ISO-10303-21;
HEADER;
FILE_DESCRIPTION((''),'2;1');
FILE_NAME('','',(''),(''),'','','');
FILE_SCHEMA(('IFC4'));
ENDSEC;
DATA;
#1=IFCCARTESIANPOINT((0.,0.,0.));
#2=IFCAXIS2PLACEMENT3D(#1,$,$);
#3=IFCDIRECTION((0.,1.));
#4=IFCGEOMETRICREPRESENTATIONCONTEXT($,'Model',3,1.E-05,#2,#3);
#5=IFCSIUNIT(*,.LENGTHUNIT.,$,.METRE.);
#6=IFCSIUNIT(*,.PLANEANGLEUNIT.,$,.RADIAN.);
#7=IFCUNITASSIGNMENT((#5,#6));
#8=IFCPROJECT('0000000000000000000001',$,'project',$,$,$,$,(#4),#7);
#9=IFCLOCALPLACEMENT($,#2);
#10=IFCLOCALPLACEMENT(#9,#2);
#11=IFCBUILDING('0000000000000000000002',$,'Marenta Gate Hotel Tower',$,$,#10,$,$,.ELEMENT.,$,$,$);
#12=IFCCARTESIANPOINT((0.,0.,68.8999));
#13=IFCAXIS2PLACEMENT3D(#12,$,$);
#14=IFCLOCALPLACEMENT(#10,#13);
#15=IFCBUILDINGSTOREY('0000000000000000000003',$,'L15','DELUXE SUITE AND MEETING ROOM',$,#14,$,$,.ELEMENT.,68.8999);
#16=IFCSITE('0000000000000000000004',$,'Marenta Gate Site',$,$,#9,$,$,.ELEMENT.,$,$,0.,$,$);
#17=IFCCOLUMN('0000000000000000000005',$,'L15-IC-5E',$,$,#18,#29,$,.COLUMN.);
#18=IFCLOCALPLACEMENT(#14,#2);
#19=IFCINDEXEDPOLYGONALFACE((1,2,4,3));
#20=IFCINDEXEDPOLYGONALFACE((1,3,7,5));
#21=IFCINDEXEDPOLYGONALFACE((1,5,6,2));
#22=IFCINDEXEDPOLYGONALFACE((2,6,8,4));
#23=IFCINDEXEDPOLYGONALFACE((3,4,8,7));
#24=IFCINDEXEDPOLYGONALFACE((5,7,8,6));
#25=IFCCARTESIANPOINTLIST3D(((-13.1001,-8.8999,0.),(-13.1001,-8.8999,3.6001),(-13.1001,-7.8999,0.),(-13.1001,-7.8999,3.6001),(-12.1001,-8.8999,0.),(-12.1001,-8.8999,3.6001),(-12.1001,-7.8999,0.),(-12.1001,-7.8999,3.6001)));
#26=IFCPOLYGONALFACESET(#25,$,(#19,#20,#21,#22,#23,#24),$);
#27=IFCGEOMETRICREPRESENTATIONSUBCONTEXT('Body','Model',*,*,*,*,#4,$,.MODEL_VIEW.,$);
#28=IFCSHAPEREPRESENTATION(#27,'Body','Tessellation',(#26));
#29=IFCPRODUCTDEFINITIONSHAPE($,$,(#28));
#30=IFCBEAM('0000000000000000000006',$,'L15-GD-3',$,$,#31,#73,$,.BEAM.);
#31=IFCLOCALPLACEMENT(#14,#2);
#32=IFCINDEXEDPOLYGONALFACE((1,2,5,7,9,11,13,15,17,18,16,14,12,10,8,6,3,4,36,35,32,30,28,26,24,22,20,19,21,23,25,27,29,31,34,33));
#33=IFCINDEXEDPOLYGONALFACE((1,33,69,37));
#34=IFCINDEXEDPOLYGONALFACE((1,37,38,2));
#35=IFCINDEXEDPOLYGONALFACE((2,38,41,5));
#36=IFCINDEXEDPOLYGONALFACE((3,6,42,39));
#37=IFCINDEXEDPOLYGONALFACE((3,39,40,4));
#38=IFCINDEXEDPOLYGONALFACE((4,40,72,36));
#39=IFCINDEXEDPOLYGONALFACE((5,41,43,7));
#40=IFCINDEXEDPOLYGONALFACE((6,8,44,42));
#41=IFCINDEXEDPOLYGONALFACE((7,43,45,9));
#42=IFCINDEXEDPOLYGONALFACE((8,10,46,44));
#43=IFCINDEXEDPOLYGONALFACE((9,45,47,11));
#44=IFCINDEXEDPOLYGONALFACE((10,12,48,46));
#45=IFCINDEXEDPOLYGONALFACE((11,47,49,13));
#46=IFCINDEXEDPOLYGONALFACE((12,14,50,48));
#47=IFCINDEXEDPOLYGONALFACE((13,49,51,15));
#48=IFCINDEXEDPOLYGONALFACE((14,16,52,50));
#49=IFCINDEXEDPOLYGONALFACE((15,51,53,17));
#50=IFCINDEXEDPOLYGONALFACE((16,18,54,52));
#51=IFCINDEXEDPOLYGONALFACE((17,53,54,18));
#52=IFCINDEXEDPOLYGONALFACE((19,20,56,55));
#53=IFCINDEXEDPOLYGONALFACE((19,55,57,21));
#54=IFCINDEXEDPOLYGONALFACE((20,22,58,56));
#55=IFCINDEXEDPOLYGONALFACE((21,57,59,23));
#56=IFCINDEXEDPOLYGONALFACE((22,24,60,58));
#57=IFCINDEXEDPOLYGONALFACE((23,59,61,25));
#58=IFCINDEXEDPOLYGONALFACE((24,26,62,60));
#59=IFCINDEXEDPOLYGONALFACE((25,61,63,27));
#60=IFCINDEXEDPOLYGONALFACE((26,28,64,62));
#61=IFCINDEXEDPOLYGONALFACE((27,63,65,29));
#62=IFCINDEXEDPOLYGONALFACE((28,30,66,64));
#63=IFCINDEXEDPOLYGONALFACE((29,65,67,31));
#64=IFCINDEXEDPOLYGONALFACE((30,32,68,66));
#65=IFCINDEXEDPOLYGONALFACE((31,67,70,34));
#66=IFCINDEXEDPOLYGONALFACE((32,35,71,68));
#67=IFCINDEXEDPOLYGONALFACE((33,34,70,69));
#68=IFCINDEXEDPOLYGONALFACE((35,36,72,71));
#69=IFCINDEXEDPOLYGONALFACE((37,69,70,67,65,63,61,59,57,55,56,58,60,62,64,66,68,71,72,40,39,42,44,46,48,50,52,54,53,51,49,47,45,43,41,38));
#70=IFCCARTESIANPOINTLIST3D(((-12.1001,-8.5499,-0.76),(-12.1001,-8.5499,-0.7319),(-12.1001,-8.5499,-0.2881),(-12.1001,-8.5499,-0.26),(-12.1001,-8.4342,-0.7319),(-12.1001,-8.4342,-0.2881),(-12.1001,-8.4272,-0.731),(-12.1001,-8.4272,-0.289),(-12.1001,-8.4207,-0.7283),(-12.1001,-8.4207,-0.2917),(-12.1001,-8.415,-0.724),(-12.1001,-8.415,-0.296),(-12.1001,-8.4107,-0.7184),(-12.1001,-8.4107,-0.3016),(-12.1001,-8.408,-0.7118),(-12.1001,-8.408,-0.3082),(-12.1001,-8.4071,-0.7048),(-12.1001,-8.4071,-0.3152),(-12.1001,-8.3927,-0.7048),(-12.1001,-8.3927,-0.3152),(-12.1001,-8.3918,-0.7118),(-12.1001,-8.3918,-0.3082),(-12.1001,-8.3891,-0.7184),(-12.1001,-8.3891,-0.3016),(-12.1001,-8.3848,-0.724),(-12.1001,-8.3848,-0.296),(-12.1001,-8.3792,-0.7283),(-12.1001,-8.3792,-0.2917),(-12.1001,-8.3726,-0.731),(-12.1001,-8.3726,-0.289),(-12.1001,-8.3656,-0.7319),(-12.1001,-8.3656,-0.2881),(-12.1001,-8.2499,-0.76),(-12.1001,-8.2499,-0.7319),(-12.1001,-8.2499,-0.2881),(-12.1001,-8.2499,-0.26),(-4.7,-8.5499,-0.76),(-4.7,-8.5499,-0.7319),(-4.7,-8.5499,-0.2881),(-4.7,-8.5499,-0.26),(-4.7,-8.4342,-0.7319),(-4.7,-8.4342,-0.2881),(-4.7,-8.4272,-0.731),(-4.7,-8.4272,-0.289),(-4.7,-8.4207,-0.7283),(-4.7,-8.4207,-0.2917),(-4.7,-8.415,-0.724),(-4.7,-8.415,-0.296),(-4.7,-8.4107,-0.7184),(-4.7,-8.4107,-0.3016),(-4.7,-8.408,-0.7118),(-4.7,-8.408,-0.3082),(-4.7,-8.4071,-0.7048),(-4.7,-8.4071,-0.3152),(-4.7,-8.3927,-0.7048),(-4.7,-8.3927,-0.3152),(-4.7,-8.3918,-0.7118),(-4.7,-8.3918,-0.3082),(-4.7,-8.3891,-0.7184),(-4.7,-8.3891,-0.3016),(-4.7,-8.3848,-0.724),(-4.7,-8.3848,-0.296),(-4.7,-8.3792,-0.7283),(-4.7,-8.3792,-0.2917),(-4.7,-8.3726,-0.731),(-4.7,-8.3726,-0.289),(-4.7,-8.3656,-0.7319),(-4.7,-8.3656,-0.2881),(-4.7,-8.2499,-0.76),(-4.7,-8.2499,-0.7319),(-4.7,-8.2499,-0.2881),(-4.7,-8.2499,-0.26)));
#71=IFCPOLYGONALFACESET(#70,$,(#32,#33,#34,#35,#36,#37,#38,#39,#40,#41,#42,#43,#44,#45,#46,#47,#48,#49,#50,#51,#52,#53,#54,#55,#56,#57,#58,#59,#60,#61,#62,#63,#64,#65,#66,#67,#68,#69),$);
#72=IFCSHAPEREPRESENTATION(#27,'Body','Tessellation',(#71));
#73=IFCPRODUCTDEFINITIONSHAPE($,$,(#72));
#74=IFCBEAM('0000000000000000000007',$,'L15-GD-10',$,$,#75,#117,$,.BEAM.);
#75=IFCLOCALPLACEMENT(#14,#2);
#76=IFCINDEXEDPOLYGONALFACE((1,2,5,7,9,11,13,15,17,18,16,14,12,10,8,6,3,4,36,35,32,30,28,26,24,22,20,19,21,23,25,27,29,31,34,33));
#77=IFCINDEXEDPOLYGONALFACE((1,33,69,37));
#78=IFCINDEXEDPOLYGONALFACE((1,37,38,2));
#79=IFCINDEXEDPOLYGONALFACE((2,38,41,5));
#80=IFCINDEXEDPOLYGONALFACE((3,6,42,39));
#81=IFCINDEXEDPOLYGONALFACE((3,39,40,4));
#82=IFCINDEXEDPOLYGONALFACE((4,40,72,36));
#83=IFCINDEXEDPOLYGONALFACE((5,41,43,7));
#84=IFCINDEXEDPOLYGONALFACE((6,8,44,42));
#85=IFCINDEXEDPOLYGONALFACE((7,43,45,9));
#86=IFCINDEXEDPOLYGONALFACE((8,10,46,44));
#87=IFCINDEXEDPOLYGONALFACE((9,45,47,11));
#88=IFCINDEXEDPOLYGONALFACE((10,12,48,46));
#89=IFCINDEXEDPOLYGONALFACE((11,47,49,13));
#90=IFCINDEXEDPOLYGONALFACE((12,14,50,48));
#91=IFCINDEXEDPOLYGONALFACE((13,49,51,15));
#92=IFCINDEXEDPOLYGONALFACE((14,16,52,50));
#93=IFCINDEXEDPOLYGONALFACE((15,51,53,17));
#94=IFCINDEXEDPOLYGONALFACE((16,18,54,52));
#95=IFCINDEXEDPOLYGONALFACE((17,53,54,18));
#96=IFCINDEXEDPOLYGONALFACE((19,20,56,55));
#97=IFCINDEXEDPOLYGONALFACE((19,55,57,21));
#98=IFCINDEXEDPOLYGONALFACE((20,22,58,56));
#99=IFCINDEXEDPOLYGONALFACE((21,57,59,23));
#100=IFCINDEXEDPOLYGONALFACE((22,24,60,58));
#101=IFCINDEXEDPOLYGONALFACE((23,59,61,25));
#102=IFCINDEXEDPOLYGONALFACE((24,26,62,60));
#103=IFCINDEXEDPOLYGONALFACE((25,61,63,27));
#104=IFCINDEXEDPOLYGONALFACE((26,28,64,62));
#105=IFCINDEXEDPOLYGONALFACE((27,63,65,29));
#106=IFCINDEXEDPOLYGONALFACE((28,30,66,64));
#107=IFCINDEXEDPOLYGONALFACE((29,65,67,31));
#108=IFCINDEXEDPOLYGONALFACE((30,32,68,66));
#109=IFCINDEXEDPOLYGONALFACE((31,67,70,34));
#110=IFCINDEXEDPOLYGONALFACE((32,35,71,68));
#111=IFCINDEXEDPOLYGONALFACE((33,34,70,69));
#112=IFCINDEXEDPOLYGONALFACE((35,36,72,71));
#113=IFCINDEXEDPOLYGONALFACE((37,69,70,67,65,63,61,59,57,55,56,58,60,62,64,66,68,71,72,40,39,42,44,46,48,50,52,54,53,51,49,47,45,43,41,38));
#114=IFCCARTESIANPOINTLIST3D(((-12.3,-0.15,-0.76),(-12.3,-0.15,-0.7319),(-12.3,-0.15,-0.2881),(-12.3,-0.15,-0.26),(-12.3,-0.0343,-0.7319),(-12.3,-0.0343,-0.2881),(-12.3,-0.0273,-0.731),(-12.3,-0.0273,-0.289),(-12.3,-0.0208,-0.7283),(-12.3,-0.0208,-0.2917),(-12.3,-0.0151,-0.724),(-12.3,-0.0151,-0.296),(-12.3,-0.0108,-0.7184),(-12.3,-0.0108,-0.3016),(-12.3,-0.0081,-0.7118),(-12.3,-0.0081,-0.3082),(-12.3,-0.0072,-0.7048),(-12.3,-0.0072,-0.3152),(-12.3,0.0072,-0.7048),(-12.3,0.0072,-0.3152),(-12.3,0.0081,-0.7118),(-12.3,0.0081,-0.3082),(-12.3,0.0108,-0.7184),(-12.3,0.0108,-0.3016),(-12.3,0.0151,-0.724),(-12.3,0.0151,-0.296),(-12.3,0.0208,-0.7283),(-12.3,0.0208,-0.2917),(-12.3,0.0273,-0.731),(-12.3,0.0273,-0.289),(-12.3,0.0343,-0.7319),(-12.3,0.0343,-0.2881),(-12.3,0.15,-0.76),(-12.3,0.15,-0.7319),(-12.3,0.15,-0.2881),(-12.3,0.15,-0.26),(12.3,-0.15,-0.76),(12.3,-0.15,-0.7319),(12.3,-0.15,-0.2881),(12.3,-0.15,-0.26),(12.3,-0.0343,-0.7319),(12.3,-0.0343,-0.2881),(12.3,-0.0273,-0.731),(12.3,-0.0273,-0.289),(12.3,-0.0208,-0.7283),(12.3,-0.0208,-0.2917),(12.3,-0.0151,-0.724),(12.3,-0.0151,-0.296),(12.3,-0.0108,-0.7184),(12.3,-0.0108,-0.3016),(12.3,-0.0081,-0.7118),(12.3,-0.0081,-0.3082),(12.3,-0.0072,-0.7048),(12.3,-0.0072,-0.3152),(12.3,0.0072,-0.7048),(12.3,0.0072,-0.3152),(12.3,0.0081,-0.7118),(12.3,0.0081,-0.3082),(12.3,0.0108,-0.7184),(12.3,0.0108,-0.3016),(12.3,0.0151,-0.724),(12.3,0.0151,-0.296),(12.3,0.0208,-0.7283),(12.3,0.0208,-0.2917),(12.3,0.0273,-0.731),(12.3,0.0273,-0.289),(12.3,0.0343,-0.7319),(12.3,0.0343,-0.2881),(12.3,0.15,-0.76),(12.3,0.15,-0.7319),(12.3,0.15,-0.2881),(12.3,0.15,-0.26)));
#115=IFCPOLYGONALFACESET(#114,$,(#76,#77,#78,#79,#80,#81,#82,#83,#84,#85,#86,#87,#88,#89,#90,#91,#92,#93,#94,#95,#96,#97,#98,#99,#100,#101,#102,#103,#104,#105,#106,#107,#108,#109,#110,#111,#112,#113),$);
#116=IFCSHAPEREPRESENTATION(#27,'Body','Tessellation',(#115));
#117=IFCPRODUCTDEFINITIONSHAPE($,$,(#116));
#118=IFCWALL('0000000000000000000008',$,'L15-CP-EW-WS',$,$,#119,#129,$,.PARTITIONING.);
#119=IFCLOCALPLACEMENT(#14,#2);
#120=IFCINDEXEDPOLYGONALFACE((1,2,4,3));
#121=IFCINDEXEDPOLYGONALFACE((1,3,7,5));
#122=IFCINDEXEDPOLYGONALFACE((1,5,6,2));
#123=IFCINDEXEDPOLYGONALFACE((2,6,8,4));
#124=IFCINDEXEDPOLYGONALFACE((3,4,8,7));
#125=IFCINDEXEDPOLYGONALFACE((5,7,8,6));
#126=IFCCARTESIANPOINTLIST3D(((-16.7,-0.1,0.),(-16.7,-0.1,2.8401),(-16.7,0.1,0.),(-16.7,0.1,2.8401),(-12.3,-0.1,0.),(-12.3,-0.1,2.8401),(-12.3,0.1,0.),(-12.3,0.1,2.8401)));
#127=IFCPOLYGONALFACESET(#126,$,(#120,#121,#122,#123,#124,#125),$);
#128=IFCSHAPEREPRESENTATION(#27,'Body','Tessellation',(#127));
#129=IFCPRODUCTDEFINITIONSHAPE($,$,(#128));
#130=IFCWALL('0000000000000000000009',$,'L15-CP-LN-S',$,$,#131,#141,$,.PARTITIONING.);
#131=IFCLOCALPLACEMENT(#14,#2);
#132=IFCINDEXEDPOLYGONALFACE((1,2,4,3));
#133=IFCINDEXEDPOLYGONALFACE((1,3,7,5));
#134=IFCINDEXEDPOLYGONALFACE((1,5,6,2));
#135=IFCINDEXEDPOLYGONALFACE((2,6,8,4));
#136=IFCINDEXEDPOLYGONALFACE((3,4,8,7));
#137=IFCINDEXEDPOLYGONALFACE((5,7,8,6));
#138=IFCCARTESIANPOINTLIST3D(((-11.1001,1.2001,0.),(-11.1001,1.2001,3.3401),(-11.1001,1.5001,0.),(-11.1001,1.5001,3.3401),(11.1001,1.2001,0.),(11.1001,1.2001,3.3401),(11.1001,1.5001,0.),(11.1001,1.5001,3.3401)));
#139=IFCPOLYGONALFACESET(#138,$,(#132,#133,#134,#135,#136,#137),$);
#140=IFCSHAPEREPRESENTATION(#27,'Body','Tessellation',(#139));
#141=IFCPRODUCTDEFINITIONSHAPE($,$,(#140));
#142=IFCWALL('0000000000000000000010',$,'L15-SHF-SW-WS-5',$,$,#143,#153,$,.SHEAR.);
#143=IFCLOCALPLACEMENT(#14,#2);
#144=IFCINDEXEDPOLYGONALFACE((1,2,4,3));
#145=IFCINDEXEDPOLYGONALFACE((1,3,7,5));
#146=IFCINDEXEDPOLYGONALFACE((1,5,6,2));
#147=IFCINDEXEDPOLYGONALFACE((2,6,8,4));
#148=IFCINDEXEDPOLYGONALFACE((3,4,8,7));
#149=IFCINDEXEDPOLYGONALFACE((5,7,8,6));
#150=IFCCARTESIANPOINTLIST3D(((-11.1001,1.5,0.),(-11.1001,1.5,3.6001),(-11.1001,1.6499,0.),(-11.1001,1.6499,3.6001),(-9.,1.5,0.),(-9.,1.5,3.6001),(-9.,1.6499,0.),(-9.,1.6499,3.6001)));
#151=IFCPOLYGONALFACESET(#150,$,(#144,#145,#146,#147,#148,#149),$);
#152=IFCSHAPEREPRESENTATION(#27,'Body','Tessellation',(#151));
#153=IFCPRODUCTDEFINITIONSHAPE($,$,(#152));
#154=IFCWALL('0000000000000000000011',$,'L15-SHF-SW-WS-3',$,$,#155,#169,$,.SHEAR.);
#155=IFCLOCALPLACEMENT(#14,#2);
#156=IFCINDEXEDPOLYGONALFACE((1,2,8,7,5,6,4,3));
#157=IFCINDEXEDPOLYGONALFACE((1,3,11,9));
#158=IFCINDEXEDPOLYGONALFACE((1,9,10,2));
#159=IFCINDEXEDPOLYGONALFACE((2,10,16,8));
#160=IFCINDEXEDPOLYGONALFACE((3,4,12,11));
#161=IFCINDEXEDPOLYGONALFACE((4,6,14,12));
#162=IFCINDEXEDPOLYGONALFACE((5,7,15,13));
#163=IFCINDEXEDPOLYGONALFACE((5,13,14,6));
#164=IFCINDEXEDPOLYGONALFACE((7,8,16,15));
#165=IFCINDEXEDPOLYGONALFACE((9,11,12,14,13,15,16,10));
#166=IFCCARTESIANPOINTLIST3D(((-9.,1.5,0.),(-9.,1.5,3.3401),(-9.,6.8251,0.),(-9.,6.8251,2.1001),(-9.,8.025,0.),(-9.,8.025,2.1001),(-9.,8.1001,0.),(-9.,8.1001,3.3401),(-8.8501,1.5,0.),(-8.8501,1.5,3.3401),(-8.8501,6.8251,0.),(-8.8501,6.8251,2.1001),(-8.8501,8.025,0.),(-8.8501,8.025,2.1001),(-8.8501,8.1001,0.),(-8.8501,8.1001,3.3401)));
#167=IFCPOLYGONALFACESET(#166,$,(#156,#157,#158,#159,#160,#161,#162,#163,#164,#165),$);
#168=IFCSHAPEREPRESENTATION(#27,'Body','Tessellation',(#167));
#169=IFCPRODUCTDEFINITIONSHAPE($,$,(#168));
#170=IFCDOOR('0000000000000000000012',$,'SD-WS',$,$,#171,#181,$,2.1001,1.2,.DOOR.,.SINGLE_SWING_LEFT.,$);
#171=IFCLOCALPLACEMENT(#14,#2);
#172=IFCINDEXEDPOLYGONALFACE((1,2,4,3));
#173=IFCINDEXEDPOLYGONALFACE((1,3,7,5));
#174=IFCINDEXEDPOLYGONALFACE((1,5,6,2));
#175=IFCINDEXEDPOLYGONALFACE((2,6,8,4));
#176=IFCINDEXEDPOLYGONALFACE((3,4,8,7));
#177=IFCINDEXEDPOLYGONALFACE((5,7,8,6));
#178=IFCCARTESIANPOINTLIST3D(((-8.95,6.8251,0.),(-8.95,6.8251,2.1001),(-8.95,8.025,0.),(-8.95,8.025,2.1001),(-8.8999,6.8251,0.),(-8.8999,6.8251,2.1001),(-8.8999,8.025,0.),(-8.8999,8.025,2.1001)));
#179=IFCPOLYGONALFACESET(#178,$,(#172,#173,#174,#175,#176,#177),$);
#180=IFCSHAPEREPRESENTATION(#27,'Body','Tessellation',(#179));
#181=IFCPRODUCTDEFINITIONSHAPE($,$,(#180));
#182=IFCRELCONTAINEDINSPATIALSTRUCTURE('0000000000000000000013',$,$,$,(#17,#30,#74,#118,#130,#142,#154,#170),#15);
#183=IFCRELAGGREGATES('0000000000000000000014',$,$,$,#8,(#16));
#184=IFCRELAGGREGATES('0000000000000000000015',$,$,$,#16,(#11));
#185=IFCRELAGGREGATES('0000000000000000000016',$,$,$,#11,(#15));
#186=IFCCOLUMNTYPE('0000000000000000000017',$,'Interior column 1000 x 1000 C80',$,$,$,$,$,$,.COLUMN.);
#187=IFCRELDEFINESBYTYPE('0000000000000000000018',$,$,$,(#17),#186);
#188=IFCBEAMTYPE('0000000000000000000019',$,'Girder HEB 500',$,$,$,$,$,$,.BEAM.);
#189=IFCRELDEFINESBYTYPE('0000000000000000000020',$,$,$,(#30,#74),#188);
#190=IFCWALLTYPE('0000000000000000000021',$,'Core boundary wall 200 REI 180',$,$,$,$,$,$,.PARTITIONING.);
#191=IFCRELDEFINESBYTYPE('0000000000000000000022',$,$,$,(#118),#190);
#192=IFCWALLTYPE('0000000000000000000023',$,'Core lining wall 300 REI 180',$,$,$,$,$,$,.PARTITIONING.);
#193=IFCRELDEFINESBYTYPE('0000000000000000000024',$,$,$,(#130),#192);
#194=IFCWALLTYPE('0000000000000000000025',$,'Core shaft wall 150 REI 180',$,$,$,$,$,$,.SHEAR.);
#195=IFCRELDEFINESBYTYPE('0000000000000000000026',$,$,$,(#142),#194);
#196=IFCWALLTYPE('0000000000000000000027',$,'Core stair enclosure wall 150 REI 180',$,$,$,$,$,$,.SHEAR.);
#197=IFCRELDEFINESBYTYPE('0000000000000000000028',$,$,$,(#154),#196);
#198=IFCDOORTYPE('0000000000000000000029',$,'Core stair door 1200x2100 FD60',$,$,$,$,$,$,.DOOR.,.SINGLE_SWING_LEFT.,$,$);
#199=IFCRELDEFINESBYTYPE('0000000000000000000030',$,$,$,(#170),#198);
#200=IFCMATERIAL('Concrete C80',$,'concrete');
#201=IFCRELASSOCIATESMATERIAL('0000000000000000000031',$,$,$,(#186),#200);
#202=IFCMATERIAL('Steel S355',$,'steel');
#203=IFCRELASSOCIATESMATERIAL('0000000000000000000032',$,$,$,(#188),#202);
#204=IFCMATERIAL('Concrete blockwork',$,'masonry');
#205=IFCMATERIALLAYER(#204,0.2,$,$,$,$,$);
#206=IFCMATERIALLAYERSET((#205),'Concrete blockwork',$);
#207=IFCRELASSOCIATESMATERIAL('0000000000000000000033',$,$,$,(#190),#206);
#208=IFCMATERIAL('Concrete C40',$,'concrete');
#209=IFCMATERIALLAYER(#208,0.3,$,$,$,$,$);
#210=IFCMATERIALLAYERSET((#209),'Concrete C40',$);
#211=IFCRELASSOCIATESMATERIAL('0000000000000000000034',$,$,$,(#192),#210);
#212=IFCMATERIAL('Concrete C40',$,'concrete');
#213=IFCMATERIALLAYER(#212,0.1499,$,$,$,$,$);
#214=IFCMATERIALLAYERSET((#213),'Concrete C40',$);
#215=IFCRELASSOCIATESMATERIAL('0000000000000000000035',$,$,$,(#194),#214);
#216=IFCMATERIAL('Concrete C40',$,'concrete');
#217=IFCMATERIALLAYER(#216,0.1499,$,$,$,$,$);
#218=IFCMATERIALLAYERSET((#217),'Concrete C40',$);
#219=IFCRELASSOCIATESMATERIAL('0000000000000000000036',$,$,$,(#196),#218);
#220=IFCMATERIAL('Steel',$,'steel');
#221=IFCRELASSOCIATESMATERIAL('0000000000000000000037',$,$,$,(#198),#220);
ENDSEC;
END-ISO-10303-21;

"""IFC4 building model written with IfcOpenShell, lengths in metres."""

from ifc_helpers import new_model, si_unit, direction, frame, frame_2d, origin, origin_2d, place, context, subcontext, project, spatial, rectangle, i_section, extrude, material, layer, layer_set, material_profile, profile_set, type_object, element, fill, save


model = new_model("IFC4")

# Units and contexts
model_context = context("Model", 3, precision=1e-05, world=origin(), true_north=direction((0.0, 1.0)))
body_context = subcontext(model_context, "Body", "Model", "MODEL_VIEW")
ifc_project = project(units=[si_unit("LENGTHUNIT", "METRE"), si_unit("PLANEANGLEUNIT", "RADIAN")], contexts=[model_context])

# Site, building, storey
site_placement = place(None, origin())
site = spatial("IfcSite", under=ifc_project, at=site_placement, Name="Marenta Gate Site", CompositionType="ELEMENT", RefElevation=0.0)
building_placement = place(site_placement, origin())
building = spatial("IfcBuilding", under=site, at=building_placement, Name="Marenta Gate Hotel Tower", CompositionType="ELEMENT")
storey_placement = place(building_placement, frame((0.0, 0.0, 68.8999)))
storey = spatial("IfcBuildingStorey", under=building, at=storey_placement, Name="L15", Description="DELUXE SUITE AND MEETING ROOM", CompositionType="ELEMENT", Elevation=68.8999)

# Column
ifc_material_1 = material(Name="Concrete C80", Category="concrete")
ifc_material_profile_1 = material_profile(ifc_material_1, rectangle(XDim=1.0, YDim=1.0, at=origin_2d()), Name="1000 x 1000")
ifc_profile_set_1 = profile_set([ifc_material_profile_1], Name="Concrete C80")
column_type = type_object("IfcColumnType", Name="Interior column 1000 x 1000 C80", PredefinedType="COLUMN", material=ifc_profile_set_1)
column_placement = place(storey_placement, frame((-12.6001, -8.3999, 0.0), z_axis=(0.0, 0.0, 1.0), x_axis=(1.0, 0.0, 0.0)))
element("IfcColumn", 1, at=column_placement, inside=storey, type_object=column_type, Name="L15-IC-5E", PredefinedType="COLUMN", context=body_context, shape_type="SweptSolid", body=[
    extrude(rectangle(XDim=1.0, YDim=1.0, at=origin_2d()), origin(), (0.0, 0.0, 1.0), 3.6001),
])

# Beams
ifc_material_2 = material(Name="Steel S355", Category="steel")
ifc_material_profile_2 = material_profile(ifc_material_2, i_section(OverallWidth=0.3, OverallDepth=0.5, WebThickness=0.0144, FlangeThickness=0.0281, FilletRadius=0.0271, at=origin_2d()), Name="HEB 500")
ifc_profile_set_2 = profile_set([ifc_material_profile_2], Name="Steel S355")
beam_type = type_object("IfcBeamType", Name="Girder HEB 500", PredefinedType="BEAM", material=ifc_profile_set_2)
beam_1_placement = place(storey_placement, frame((-12.1001, -8.3999, -0.51), z_axis=(1.0, 0.0, 0.0), x_axis=(0.0, 1.0, 0.0)))
element("IfcBeam", 2, at=beam_1_placement, inside=storey, type_object=beam_type, Name="L15-GD-3", PredefinedType="BEAM", context=body_context, shape_type="SweptSolid", body=[
    extrude(i_section(OverallWidth=0.3, OverallDepth=0.5, WebThickness=0.0144, FlangeThickness=0.0281, FilletRadius=0.0271, at=origin_2d()), origin(), (0.0, 0.0, 1.0), 7.4001),
])
beam_2_placement = place(storey_placement, frame((-12.3, 0.0, -0.51), z_axis=(1.0, 0.0, 0.0), x_axis=(0.0, 1.0, 0.0)))
element("IfcBeam", 3, at=beam_2_placement, inside=storey, type_object=beam_type, Name="L15-GD-10", PredefinedType="BEAM", context=body_context, shape_type="SweptSolid", body=[
    extrude(i_section(OverallWidth=0.3, OverallDepth=0.5, WebThickness=0.0144, FlangeThickness=0.0281, FilletRadius=0.0271, at=origin_2d()), origin(), (0.0, 0.0, 1.0), 24.6001),
])

# Walls
ifc_material_3 = material(Name="Concrete blockwork", Category="masonry")
ifc_layer_1 = layer(ifc_material_3, 0.2)
ifc_layer_set_1 = layer_set([ifc_layer_1], Name="Concrete blockwork")
wall_type_1 = type_object("IfcWallType", Name="Core boundary wall 200 REI 180", PredefinedType="PARTITIONING", material=ifc_layer_set_1)
wall_1_placement = place(storey_placement, frame((-16.7, 0.0, 0.0), z_axis=(0.0, 0.0, 1.0), x_axis=(1.0, 0.0, 0.0)))
element("IfcWall", 4, at=wall_1_placement, inside=storey, type_object=wall_type_1, Name="L15-CP-EW-WS", PredefinedType="PARTITIONING", context=body_context, shape_type="SweptSolid", body=[
    extrude(rectangle(XDim=4.3999, YDim=0.2, at=frame_2d((2.2, 0.0))), origin(), (0.0, 0.0, 1.0), 2.8401),
])
ifc_material_4 = material(Name="Concrete C40", Category="concrete")
ifc_layer_2 = layer(ifc_material_4, 0.3)
ifc_layer_set_2 = layer_set([ifc_layer_2], Name="Concrete C40")
wall_type_2 = type_object("IfcWallType", Name="Core lining wall 300 REI 180", PredefinedType="PARTITIONING", material=ifc_layer_set_2)
wall_2_placement = place(storey_placement, frame((-11.1001, 1.3501, 0.0), z_axis=(0.0, 0.0, 1.0), x_axis=(1.0, 0.0, 0.0)))
element("IfcWall", 5, at=wall_2_placement, inside=storey, type_object=wall_type_2, Name="L15-CP-LN-S", PredefinedType="PARTITIONING", context=body_context, shape_type="SweptSolid", body=[
    extrude(rectangle(XDim=22.2002, YDim=0.3, at=frame_2d((11.1001, 0.0))), origin(), (0.0, 0.0, 1.0), 3.3401),
])
ifc_material_5 = material(Name="Concrete C40", Category="concrete")
ifc_layer_3 = layer(ifc_material_5, 0.1499)
ifc_layer_set_3 = layer_set([ifc_layer_3], Name="Concrete C40")
wall_type_3 = type_object("IfcWallType", Name="Core shaft wall 150 REI 180", PredefinedType="SHEAR", material=ifc_layer_set_3)
wall_3_placement = place(storey_placement, frame((-11.1001, 1.575, 0.0), z_axis=(0.0, 0.0, 1.0), x_axis=(1.0, 0.0, 0.0)))
element("IfcWall", 6, at=wall_3_placement, inside=storey, type_object=wall_type_3, Name="L15-SHF-SW-WS-5", PredefinedType="SHEAR", context=body_context, shape_type="SweptSolid", body=[
    extrude(rectangle(XDim=2.1001, YDim=0.1499, at=frame_2d((1.05, 0.0))), origin(), (0.0, 0.0, 1.0), 3.6001),
])

# Wall, opening, door
ifc_material_6 = material(Name="Concrete C40", Category="concrete")
ifc_layer_4 = layer(ifc_material_6, 0.1499)
ifc_layer_set_4 = layer_set([ifc_layer_4], Name="Concrete C40")
wall_type_4 = type_object("IfcWallType", Name="Core stair enclosure wall 150 REI 180", PredefinedType="SHEAR", material=ifc_layer_set_4)
wall_4_placement = place(storey_placement, frame((-8.925, 1.5, 0.0), z_axis=(0.0, 0.0, 1.0), x_axis=(0.0, 1.0, 0.0)))
wall_4 = element("IfcWall", 7, at=wall_4_placement, inside=storey, type_object=wall_type_4, Name="L15-SHF-SW-WS-3", PredefinedType="SHEAR", context=body_context, shape_type="SweptSolid", body=[
    extrude(rectangle(XDim=6.6001, YDim=0.1499, at=frame_2d((3.3, 0.0))), origin(), (0.0, 0.0, 1.0), 3.3401),
])
opening_1_placement = place(wall_4_placement, frame((5.325, 0.0, 0.0)))
opening_1 = element("IfcOpeningElement", 8, at=opening_1_placement, cuts=wall_4, PredefinedType="OPENING", context=body_context, shape_type="SweptSolid", body=[
    extrude(rectangle(XDim=1.2, YDim=2.1001, at=frame_2d((0.6001, 1.05))), frame((0.0, 0.075, 0.0), z_axis=(0.0, -1.0, 0.0), x_axis=(1.0, 0.0, 0.0)), (0.0, 0.0, 1.0), 0.1499),
])
ifc_material_7 = material(Name="Steel", Category="steel")
door_type_1 = type_object("IfcDoorType", Name="Core stair door 1200x2100 FD60", OperationType="SINGLE_SWING_LEFT", PredefinedType="DOOR", material=ifc_material_7)
door_1_placement = place(opening_1_placement, origin())
door_1 = element("IfcDoor", 9, at=door_1_placement, inside=storey, type_object=door_type_1, Name="SD-WS", OperationType="SINGLE_SWING_LEFT", OverallHeight=2.1001, OverallWidth=1.2, PredefinedType="DOOR", context=body_context, shape_type="SweptSolid", body=[
    extrude(rectangle(XDim=1.2, YDim=2.1001, at=frame_2d((0.6001, 1.05))), frame((0.0, 0.0249, 0.0), z_axis=(0.0, -1.0, 0.0), x_axis=(1.0, 0.0, 0.0)), (0.0, 0.0, 1.0), 0.05),
])
fill(opening_1, door_1)

save(model, "model.ifc")
